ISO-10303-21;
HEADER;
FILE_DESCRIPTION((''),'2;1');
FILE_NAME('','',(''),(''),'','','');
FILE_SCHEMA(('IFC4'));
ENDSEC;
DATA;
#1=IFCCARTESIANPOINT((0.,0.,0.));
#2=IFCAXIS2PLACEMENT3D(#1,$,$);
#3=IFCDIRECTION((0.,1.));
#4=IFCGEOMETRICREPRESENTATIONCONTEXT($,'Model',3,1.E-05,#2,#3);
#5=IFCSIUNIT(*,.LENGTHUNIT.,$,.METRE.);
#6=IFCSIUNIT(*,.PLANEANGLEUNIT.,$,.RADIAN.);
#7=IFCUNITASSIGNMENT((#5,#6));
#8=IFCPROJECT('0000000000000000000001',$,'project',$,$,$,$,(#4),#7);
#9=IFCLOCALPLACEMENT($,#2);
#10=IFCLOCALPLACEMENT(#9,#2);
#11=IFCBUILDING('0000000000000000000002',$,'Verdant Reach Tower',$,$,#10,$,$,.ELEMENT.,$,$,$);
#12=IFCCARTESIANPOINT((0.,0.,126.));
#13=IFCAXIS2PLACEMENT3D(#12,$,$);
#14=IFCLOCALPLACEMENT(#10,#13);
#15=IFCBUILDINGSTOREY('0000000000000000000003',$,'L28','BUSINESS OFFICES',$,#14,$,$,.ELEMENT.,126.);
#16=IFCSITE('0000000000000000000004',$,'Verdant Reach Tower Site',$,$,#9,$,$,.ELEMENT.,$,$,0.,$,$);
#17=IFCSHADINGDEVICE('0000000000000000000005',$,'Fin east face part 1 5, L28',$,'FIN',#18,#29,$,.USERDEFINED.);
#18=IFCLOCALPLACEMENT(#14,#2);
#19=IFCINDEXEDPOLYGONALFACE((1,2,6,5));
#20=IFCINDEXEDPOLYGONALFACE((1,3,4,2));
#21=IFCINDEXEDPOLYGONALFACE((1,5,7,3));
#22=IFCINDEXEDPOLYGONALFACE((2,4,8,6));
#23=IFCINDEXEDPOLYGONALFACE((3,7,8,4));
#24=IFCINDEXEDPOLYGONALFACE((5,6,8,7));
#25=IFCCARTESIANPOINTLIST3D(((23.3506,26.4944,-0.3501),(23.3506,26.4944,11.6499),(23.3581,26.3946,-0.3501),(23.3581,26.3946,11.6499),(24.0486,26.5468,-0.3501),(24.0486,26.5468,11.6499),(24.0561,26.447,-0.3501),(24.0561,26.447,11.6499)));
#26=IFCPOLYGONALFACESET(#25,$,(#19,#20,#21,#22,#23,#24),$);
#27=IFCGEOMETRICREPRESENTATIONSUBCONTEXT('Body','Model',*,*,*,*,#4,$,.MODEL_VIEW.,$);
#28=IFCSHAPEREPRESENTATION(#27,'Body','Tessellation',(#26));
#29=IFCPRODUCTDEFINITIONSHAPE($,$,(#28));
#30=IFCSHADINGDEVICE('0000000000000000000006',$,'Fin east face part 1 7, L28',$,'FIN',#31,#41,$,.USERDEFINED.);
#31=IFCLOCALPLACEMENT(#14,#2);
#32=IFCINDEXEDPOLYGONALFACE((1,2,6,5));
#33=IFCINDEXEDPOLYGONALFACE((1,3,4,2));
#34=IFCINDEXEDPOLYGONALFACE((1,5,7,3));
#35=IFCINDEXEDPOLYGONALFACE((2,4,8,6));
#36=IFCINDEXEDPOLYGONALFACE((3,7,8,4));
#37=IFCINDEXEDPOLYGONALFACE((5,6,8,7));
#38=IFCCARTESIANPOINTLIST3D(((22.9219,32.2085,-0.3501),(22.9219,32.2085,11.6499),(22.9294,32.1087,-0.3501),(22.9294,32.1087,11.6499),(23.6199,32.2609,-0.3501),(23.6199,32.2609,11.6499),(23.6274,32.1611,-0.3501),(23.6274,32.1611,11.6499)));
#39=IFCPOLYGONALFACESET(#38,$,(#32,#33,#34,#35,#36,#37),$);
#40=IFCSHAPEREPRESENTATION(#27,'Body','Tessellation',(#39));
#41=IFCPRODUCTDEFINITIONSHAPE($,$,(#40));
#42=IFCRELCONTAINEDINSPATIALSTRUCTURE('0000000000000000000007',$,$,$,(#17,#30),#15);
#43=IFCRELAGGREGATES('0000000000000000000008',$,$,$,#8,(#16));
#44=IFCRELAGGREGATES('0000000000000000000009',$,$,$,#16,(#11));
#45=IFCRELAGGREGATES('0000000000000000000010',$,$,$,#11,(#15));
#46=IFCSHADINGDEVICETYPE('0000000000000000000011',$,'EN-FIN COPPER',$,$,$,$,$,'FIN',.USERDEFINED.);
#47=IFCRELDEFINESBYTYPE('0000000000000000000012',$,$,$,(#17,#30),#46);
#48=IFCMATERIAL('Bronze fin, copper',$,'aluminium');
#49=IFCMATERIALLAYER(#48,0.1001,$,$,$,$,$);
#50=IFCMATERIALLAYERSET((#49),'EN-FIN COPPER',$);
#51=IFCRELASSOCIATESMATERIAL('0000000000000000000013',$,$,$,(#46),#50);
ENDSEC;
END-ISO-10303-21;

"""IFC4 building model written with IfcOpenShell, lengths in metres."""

from ifc_helpers import new_model, si_unit, direction, frame, origin, origin_2d, place, context, subcontext, project, spatial, rectangle, extrude, material, layer, layer_set, type_object, element, save


model = new_model("IFC4")

# Units and contexts
model_context = context("Model", 3, precision=1e-05, world=origin(), true_north=direction((0.0, 1.0)))
body_context = subcontext(model_context, "Body", "Model", "MODEL_VIEW")
ifc_project = project(units=[si_unit("LENGTHUNIT", "METRE"), si_unit("PLANEANGLEUNIT", "RADIAN")], contexts=[model_context])

# Site, building, storey
site_placement = place(None, origin())
site = spatial("IfcSite", under=ifc_project, at=site_placement, Name="Verdant Reach Tower Site", CompositionType="ELEMENT", RefElevation=0.0)
building_placement = place(site_placement, origin())
building = spatial("IfcBuilding", under=site, at=building_placement, Name="Verdant Reach Tower", CompositionType="ELEMENT")
storey_placement = place(building_placement, frame((0.0, 0.0, 126.0)))
storey = spatial("IfcBuildingStorey", under=building, at=storey_placement, Name="L28", Description="BUSINESS OFFICES", CompositionType="ELEMENT", Elevation=126.0)

# Shading devices
ifc_material_1 = material(Name="Bronze fin, copper", Category="aluminium")
ifc_layer_1 = layer(ifc_material_1, 0.1001)
ifc_layer_set_1 = layer_set([ifc_layer_1], Name="EN-FIN COPPER")
shading_device_type = type_object("IfcShadingDeviceType", Name="EN-FIN COPPER", ElementType="FIN", PredefinedType="USERDEFINED", material=ifc_layer_set_1)
for number, where, z_axis, x_axis, name in (
    (1, (23.7034, 26.4707, -0.3501), (0.0, 0.0, 1.0), (-0.07479, 0.997199, 0.0), "Fin east face part 1 5, L28"),
    (2, (23.2747, 32.1848, -0.3501), (0.0, 0.0, 1.0), (-0.07479, 0.997199, 0.0), "Fin east face part 1 7, L28"),
):
    element("IfcShadingDevice", number, at=place(storey_placement, frame(where, z_axis=z_axis, x_axis=x_axis)), inside=storey, type_object=shading_device_type, Name=name, ObjectType="FIN", PredefinedType="USERDEFINED", context=body_context, shape_type="SweptSolid", body=[
        extrude(rectangle(XDim=0.1001, YDim=0.7, at=origin_2d()), origin(), (0.0, 0.0, 1.0), 12.0),
    ])

save(model, "model.ifc")
